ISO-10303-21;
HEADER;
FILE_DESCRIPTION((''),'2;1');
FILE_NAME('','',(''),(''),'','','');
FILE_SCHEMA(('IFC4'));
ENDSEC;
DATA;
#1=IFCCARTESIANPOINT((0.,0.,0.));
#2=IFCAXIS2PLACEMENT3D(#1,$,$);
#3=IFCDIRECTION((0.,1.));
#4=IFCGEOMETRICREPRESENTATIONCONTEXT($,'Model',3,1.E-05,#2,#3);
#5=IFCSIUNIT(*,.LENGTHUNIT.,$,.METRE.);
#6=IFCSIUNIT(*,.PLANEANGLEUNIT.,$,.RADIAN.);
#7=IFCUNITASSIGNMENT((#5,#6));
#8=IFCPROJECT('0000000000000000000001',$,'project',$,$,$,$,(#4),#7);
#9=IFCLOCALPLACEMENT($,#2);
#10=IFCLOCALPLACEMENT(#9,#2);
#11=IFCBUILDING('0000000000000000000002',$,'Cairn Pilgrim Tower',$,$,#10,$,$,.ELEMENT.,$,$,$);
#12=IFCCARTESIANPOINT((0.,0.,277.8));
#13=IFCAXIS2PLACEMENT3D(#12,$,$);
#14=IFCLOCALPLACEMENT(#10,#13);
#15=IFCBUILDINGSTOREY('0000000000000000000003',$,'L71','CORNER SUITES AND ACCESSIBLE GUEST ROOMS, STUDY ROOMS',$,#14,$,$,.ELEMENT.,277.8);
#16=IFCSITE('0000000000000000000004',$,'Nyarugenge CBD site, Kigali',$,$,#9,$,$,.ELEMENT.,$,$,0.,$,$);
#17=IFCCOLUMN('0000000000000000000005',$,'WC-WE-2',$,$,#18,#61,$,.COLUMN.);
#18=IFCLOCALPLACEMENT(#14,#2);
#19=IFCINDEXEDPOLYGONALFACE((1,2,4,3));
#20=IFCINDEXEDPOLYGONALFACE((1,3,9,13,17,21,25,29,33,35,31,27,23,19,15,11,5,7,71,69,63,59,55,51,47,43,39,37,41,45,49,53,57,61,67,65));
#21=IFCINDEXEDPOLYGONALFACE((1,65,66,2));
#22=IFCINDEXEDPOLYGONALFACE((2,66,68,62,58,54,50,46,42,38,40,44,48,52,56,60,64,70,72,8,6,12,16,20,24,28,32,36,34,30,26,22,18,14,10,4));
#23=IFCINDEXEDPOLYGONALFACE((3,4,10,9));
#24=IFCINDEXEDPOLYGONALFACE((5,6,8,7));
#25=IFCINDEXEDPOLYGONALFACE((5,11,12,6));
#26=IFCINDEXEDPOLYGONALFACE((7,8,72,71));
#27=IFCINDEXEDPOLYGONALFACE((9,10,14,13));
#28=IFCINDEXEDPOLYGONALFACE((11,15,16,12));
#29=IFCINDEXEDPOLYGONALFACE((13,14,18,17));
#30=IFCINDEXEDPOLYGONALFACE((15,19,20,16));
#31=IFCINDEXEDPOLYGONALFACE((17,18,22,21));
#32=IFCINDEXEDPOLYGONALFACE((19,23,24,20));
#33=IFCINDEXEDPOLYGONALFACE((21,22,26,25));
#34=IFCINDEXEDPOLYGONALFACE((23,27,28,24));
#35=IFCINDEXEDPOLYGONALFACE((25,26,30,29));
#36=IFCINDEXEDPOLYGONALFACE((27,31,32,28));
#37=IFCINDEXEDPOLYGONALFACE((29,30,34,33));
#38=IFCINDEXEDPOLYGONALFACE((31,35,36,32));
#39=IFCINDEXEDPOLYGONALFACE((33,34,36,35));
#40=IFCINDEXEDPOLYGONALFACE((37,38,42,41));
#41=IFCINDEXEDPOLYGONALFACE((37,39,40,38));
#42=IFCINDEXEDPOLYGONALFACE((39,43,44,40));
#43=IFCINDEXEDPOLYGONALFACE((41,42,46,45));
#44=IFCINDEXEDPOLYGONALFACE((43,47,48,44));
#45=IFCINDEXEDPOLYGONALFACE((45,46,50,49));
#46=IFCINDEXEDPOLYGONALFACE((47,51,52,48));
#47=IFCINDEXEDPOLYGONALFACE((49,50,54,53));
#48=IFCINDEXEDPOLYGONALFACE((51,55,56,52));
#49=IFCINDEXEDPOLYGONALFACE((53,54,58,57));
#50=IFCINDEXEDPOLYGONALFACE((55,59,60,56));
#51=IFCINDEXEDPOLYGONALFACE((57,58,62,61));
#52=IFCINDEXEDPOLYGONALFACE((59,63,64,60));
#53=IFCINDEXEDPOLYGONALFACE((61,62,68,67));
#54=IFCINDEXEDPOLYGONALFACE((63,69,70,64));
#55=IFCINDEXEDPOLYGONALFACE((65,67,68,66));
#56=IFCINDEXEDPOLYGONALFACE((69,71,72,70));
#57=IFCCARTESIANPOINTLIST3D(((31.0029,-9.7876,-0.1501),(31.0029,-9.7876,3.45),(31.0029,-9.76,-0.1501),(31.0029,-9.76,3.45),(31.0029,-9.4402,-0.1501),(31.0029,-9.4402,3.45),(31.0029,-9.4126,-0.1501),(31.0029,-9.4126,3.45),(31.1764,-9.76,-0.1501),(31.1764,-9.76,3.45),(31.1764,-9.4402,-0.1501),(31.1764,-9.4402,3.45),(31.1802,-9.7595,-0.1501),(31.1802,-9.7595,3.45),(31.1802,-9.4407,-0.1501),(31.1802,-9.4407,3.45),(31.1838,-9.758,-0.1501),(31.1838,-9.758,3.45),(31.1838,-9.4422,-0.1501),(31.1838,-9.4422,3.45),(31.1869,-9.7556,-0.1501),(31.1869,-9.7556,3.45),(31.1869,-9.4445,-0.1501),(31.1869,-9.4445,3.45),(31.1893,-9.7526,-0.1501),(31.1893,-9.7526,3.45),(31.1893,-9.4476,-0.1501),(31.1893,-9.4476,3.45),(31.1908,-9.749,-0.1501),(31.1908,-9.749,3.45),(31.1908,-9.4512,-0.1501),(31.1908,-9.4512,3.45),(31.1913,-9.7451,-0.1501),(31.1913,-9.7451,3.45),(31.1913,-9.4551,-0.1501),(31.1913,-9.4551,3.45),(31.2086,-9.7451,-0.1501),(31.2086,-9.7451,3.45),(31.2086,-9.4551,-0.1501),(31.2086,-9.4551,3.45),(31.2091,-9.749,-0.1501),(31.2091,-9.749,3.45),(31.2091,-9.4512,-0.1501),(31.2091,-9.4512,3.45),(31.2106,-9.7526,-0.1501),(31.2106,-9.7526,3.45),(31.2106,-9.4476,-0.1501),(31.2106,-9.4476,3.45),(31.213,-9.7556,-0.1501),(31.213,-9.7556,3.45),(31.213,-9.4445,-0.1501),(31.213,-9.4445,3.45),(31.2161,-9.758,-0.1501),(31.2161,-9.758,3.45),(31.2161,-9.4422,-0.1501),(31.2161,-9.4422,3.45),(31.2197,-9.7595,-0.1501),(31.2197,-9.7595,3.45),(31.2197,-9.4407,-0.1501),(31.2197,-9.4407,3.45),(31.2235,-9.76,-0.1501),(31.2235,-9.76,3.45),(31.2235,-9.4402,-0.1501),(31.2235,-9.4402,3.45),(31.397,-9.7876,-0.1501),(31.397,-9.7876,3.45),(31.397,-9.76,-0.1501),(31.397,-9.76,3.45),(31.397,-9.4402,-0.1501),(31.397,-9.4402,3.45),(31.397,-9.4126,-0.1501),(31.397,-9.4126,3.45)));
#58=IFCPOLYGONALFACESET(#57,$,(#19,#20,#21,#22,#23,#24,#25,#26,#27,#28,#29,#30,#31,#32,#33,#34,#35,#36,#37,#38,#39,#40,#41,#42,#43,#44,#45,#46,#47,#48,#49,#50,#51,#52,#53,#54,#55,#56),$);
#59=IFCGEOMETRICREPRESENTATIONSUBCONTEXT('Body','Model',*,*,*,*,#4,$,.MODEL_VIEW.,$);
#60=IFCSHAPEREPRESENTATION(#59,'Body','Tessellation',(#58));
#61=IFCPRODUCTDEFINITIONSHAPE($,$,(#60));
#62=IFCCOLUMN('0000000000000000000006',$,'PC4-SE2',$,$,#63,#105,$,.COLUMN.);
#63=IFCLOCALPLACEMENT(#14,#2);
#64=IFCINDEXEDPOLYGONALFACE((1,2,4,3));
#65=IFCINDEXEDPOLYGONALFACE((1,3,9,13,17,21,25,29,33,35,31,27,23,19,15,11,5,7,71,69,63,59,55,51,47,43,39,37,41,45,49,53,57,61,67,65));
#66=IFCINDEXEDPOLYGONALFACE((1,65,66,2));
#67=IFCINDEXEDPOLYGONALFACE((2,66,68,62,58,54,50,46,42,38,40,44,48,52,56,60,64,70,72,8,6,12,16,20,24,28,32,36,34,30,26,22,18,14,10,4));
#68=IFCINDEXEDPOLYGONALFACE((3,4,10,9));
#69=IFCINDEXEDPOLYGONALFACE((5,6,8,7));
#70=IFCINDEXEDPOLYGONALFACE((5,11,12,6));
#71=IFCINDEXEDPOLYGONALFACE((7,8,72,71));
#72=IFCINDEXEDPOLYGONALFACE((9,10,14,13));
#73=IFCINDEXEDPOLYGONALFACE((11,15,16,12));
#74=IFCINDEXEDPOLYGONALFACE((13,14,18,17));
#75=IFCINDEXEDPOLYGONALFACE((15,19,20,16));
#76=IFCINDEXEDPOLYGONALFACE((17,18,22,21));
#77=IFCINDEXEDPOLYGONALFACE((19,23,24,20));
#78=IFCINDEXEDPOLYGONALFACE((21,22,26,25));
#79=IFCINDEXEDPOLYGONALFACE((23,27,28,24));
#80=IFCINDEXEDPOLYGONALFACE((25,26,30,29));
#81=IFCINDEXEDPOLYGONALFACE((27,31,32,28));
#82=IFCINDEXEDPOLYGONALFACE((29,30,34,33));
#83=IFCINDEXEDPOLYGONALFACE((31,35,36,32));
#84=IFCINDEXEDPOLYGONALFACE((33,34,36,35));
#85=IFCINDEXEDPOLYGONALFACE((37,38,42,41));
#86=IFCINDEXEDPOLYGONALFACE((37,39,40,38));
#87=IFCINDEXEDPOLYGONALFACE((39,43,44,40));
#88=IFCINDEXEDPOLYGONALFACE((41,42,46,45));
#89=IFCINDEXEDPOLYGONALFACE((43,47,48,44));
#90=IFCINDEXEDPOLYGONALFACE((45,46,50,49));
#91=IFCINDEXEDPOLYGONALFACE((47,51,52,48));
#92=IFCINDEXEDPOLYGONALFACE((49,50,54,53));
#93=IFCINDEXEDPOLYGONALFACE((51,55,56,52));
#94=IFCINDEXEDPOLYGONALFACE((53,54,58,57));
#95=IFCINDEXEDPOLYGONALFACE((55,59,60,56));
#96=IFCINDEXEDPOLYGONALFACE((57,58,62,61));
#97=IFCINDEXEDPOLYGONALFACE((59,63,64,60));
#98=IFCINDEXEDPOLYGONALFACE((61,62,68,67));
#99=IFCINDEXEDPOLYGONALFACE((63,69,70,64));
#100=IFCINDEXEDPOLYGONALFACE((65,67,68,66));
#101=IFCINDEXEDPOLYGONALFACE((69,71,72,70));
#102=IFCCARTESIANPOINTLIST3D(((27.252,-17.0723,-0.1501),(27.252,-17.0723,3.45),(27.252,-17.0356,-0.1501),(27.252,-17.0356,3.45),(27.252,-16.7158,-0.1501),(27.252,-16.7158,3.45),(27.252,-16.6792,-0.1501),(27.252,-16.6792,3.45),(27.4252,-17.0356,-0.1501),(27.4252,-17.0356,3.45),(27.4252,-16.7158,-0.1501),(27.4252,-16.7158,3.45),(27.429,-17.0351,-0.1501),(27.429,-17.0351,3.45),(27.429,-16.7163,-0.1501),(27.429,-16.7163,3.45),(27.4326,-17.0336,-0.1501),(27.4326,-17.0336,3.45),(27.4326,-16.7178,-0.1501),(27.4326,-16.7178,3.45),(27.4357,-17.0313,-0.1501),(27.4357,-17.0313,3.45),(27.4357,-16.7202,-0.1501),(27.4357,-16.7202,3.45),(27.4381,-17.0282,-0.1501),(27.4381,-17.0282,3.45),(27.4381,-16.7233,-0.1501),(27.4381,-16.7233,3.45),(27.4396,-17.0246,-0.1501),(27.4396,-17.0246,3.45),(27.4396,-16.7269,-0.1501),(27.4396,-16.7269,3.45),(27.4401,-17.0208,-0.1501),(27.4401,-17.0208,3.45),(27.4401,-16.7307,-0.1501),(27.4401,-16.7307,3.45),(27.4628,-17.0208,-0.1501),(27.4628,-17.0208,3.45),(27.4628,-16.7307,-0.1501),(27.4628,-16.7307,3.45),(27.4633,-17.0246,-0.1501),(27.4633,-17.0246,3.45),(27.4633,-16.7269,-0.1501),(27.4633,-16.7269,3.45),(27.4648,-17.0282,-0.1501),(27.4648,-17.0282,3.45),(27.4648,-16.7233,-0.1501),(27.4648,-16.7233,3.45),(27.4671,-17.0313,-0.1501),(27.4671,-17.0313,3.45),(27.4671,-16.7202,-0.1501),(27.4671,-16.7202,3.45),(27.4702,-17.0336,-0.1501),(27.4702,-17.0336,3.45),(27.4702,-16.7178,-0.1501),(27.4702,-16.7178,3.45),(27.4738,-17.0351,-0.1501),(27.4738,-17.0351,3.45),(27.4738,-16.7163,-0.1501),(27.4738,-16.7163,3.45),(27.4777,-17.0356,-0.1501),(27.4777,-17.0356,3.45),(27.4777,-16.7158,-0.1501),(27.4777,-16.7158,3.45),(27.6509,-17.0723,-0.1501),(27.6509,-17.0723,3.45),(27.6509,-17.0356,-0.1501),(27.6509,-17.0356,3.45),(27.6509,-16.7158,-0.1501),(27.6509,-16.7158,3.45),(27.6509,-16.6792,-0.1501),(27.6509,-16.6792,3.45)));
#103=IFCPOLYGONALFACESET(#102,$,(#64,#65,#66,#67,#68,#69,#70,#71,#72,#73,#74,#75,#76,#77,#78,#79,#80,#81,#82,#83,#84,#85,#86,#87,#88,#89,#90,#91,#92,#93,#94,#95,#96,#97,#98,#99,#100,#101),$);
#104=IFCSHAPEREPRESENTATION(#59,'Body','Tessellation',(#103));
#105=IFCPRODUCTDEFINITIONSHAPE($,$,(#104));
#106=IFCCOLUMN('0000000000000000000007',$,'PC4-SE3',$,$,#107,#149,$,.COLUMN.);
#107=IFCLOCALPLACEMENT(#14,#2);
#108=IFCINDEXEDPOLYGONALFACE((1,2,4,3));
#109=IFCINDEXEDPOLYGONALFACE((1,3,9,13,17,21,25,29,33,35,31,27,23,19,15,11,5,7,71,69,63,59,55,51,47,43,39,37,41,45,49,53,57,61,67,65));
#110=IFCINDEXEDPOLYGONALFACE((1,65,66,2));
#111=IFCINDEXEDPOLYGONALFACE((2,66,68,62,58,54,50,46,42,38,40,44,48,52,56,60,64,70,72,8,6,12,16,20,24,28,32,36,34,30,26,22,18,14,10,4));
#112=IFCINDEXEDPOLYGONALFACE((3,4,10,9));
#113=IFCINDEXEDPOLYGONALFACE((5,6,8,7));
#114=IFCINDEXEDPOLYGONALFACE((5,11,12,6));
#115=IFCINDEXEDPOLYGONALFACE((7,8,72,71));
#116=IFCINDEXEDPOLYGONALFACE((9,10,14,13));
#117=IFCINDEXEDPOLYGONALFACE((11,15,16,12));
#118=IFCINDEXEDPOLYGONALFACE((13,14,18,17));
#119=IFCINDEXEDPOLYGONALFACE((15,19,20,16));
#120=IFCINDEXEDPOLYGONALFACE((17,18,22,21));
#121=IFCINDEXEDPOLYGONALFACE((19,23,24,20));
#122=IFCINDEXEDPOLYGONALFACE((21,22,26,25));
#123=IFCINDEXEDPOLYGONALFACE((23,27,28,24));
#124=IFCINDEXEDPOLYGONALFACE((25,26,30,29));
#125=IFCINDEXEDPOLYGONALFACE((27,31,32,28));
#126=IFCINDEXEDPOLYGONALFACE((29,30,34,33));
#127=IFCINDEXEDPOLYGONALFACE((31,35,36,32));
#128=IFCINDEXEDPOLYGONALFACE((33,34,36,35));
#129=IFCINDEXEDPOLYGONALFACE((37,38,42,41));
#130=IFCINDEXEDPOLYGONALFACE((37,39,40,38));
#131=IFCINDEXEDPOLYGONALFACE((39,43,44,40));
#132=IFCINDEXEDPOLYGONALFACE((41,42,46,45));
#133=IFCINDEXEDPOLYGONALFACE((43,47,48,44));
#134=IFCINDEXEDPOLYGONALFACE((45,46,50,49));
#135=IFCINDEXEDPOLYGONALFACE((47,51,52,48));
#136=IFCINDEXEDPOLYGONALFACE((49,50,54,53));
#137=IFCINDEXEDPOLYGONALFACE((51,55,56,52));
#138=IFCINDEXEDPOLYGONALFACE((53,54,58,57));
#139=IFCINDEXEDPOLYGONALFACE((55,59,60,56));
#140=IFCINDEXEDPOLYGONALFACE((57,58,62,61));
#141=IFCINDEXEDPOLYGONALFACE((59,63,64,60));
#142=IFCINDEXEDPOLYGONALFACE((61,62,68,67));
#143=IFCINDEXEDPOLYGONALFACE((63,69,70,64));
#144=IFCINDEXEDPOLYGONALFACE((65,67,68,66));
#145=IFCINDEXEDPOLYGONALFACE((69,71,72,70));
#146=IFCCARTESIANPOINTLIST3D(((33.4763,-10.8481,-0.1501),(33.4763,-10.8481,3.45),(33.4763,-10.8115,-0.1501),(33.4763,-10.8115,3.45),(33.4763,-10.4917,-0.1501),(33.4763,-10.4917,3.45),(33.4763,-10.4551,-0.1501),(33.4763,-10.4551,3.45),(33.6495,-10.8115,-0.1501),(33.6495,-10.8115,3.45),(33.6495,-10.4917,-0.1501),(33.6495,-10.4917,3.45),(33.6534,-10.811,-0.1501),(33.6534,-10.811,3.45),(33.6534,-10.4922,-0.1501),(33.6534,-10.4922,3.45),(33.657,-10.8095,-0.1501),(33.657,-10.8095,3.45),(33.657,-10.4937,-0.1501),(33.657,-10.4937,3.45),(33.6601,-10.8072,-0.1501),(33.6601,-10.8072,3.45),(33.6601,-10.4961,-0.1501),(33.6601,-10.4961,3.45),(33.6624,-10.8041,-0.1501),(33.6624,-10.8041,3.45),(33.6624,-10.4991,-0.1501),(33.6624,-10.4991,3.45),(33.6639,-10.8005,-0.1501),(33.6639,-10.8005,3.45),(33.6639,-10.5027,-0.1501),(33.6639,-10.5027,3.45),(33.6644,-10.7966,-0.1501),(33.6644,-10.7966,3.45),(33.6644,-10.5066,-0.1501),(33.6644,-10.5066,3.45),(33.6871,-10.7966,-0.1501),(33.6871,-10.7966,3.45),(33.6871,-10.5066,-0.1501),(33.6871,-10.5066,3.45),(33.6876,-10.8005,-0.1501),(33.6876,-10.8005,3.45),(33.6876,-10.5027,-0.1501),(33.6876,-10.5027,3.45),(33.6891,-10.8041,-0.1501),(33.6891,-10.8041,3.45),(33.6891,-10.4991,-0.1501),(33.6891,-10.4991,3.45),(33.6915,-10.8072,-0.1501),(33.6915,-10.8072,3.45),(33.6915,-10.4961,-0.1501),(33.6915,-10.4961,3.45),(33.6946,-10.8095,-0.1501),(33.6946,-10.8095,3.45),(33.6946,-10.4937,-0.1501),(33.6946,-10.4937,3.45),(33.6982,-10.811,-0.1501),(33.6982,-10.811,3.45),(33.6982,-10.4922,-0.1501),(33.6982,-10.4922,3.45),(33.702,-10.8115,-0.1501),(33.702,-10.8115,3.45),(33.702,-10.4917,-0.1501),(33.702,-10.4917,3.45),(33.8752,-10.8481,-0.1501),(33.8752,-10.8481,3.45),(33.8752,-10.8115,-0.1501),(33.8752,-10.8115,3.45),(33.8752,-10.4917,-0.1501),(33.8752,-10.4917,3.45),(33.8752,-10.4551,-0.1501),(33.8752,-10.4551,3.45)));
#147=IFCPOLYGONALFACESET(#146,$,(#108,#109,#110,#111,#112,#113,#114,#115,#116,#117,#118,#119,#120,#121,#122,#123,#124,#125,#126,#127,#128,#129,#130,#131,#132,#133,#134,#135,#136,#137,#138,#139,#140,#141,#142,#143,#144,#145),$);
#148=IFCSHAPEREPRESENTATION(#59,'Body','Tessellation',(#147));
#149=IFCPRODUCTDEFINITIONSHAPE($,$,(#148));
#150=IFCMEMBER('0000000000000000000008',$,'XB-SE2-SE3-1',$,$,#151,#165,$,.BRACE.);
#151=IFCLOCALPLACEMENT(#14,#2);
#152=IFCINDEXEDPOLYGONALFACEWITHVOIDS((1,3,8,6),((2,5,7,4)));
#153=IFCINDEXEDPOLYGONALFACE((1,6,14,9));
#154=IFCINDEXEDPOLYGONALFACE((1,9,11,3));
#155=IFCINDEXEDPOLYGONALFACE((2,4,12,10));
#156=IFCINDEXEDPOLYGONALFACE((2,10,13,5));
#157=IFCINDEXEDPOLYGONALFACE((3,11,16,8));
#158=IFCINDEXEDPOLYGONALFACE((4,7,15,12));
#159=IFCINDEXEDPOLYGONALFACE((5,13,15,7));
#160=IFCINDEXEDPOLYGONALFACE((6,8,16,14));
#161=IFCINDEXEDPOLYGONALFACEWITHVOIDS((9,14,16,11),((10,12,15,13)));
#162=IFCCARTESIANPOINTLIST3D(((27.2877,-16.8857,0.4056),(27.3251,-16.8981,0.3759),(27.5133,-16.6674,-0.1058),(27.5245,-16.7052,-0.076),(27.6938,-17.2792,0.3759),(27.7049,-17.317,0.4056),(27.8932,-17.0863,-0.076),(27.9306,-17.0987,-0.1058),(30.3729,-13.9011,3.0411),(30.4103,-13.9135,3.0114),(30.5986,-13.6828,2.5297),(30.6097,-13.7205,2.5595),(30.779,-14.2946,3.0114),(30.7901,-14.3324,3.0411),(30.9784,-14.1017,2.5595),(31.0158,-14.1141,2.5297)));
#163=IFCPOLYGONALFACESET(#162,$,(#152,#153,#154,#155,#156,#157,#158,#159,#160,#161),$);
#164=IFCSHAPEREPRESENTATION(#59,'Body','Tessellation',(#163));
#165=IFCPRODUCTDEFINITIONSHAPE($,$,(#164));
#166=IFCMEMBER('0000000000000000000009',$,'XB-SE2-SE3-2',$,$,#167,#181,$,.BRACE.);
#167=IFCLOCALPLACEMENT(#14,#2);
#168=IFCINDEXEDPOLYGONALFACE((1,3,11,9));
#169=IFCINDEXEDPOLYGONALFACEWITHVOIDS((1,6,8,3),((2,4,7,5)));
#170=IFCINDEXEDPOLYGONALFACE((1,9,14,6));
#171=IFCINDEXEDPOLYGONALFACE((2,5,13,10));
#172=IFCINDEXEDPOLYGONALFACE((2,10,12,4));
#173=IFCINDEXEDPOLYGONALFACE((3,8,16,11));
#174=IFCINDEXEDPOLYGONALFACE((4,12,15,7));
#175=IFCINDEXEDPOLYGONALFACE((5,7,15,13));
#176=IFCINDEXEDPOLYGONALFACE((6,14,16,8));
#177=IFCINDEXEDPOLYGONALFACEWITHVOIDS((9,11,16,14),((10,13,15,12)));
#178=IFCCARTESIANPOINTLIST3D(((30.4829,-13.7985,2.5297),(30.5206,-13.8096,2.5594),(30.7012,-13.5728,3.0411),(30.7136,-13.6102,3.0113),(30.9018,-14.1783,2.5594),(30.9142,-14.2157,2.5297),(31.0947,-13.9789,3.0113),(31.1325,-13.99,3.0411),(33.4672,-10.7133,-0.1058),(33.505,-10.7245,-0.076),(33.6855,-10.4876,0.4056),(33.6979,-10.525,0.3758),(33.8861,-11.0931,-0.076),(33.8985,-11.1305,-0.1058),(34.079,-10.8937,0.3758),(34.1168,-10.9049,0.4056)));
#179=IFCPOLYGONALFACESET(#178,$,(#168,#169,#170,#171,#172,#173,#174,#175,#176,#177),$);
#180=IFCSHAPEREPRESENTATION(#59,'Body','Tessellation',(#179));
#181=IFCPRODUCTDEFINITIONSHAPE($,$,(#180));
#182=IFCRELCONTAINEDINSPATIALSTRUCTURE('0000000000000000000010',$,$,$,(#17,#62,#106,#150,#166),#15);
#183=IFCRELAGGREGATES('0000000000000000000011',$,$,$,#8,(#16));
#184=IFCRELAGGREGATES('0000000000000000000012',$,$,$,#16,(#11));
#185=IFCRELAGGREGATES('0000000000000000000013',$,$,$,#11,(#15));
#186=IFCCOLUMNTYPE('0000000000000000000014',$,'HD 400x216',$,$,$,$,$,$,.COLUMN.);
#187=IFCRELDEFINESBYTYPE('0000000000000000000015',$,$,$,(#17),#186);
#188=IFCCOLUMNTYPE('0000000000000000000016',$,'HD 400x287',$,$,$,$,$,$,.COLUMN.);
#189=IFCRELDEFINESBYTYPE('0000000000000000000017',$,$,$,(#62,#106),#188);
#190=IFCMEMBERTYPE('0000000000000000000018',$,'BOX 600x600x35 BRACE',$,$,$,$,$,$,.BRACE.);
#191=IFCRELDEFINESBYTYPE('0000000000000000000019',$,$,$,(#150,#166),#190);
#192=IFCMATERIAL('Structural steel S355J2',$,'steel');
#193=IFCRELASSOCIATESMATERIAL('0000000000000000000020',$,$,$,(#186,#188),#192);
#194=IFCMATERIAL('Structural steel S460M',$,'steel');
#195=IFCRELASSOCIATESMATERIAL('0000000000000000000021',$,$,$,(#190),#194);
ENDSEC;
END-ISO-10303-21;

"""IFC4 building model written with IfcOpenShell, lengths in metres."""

from ifc_helpers import new_model, si_unit, direction, frame, origin, origin_2d, place, context, subcontext, project, spatial, hollow_rectangle, i_section, extrude, material, material_profile, profile_set, type_object, element, save


model = new_model("IFC4")

# Units and contexts
model_context = context("Model", 3, precision=1e-05, world=origin(), true_north=direction((0.0, 1.0)))
body_context = subcontext(model_context, "Body", "Model", "MODEL_VIEW")
ifc_project = project(units=[si_unit("LENGTHUNIT", "METRE"), si_unit("PLANEANGLEUNIT", "RADIAN")], contexts=[model_context])

# Site, building, storey
site_placement = place(None, origin())
site = spatial("IfcSite", under=ifc_project, at=site_placement, Name="Nyarugenge CBD site, Kigali", CompositionType="ELEMENT", RefElevation=0.0)
building_placement = place(site_placement, origin())
building = spatial("IfcBuilding", under=site, at=building_placement, Name="Cairn Pilgrim Tower", CompositionType="ELEMENT")
storey_placement = place(building_placement, frame((0.0, 0.0, 277.8)))
storey = spatial("IfcBuildingStorey", under=building, at=storey_placement, Name="L71", Description="CORNER SUITES AND ACCESSIBLE GUEST ROOMS, STUDY ROOMS", CompositionType="ELEMENT", Elevation=277.8)

# Columns
ifc_material_1 = material(Name="Structural steel S355J2", Category="steel")
ifc_material_profile_1 = material_profile(ifc_material_1, i_section(OverallWidth=0.394, OverallDepth=0.375, WebThickness=0.0173, FlangeThickness=0.0276, FilletRadius=0.0149, at=origin_2d()), Name="HD 400x216")
ifc_profile_set_1 = profile_set([ifc_material_profile_1], Name="Structural steel S355J2")
column_type_1 = type_object("IfcColumnType", Name="HD 400x216", PredefinedType="COLUMN", material=ifc_profile_set_1)
column_placement = place(storey_placement, frame((31.2, -9.6001, -0.1501), z_axis=(0.0, 0.0, 1.0), x_axis=(1.0, 0.0, 0.0)))
element("IfcColumn", 1, at=column_placement, inside=storey, type_object=column_type_1, Name="WC-WE-2", PredefinedType="COLUMN", context=body_context, shape_type="SweptSolid", body=[
    extrude(i_section(OverallWidth=0.394, OverallDepth=0.375, WebThickness=0.0173, FlangeThickness=0.0276, FilletRadius=0.0149, at=origin_2d()), origin(), (0.0, 0.0, 1.0), 3.6001),
])
ifc_material_profile_2 = material_profile(ifc_material_1, i_section(OverallWidth=0.3989, OverallDepth=0.3931, WebThickness=0.0227, FlangeThickness=0.0366, FilletRadius=0.0149, at=origin_2d()), Name="HD 400x287")
ifc_profile_set_2 = profile_set([ifc_material_profile_2], Name="Structural steel S355J2")
column_type_2 = type_object("IfcColumnType", Name="HD 400x287", PredefinedType="COLUMN", material=ifc_profile_set_2)
for number, where, z_axis, x_axis, name in (
    (2, (27.4514, -16.8757, -0.1501), (0.0, 0.0, 1.0), (1.0, 0.0, 0.0), "PC4-SE2"),
    (3, (33.6758, -10.6516, -0.1501), (0.0, 0.0, 1.0), (1.0, 0.0, 0.0), "PC4-SE3"),
):
    element("IfcColumn", number, at=place(storey_placement, frame(where, z_axis=z_axis, x_axis=x_axis)), inside=storey, type_object=column_type_2, Name=name, PredefinedType="COLUMN", context=body_context, shape_type="SweptSolid", body=[
        extrude(i_section(OverallWidth=0.3989, OverallDepth=0.3931, WebThickness=0.0227, FlangeThickness=0.0366, FilletRadius=0.0149, at=origin_2d()), origin(), (0.0, 0.0, 1.0), 3.6001),
    ])

# Members
ifc_material_2 = material(Name="Structural steel S460M", Category="steel")
ifc_material_profile_3 = material_profile(ifc_material_2, hollow_rectangle(XDim=0.6001, YDim=0.6001, WallThickness=0.0349, at=origin_2d()), Name="BOX 600x600x35")
ifc_profile_set_3 = profile_set([ifc_material_profile_3], Name="Structural steel S460M")
member_type_1 = type_object("IfcMemberType", Name="BOX 600x600x35 BRACE", PredefinedType="BRACE", material=ifc_profile_set_3)
member_1_placement = place(storey_placement, frame((27.6091, -16.9922, 0.1499), z_axis=(0.612497, 0.592528, 0.523218), x_axis=(-0.695294, 0.718726, 0.0)))
element("IfcMember", 4, at=member_1_placement, inside=storey, type_object=member_type_1, Name="XB-SE2-SE3-1", PredefinedType="BRACE", context=body_context, shape_type="SweptSolid", body=[
    extrude(hollow_rectangle(XDim=0.6001, YDim=0.6001, WallThickness=0.0349, at=origin_2d()), origin(), (0.0, 0.0, 1.0), 5.0371),
])
member_2_placement = place(storey_placement, frame((33.792, -10.8091, 0.1499), z_axis=(-0.592497, -0.612515, 0.523233), x_axis=(0.718754, -0.695264, 0.0)))
element("IfcMember", 5, at=member_2_placement, inside=storey, type_object=member_type_1, Name="XB-SE2-SE3-2", PredefinedType="BRACE", context=body_context, shape_type="SweptSolid", body=[
    extrude(hollow_rectangle(XDim=0.6001, YDim=0.6001, WallThickness=0.0349, at=origin_2d()), origin(), (0.0, 0.0, 1.0), 5.0369),
])

save(model, "model.ifc")
